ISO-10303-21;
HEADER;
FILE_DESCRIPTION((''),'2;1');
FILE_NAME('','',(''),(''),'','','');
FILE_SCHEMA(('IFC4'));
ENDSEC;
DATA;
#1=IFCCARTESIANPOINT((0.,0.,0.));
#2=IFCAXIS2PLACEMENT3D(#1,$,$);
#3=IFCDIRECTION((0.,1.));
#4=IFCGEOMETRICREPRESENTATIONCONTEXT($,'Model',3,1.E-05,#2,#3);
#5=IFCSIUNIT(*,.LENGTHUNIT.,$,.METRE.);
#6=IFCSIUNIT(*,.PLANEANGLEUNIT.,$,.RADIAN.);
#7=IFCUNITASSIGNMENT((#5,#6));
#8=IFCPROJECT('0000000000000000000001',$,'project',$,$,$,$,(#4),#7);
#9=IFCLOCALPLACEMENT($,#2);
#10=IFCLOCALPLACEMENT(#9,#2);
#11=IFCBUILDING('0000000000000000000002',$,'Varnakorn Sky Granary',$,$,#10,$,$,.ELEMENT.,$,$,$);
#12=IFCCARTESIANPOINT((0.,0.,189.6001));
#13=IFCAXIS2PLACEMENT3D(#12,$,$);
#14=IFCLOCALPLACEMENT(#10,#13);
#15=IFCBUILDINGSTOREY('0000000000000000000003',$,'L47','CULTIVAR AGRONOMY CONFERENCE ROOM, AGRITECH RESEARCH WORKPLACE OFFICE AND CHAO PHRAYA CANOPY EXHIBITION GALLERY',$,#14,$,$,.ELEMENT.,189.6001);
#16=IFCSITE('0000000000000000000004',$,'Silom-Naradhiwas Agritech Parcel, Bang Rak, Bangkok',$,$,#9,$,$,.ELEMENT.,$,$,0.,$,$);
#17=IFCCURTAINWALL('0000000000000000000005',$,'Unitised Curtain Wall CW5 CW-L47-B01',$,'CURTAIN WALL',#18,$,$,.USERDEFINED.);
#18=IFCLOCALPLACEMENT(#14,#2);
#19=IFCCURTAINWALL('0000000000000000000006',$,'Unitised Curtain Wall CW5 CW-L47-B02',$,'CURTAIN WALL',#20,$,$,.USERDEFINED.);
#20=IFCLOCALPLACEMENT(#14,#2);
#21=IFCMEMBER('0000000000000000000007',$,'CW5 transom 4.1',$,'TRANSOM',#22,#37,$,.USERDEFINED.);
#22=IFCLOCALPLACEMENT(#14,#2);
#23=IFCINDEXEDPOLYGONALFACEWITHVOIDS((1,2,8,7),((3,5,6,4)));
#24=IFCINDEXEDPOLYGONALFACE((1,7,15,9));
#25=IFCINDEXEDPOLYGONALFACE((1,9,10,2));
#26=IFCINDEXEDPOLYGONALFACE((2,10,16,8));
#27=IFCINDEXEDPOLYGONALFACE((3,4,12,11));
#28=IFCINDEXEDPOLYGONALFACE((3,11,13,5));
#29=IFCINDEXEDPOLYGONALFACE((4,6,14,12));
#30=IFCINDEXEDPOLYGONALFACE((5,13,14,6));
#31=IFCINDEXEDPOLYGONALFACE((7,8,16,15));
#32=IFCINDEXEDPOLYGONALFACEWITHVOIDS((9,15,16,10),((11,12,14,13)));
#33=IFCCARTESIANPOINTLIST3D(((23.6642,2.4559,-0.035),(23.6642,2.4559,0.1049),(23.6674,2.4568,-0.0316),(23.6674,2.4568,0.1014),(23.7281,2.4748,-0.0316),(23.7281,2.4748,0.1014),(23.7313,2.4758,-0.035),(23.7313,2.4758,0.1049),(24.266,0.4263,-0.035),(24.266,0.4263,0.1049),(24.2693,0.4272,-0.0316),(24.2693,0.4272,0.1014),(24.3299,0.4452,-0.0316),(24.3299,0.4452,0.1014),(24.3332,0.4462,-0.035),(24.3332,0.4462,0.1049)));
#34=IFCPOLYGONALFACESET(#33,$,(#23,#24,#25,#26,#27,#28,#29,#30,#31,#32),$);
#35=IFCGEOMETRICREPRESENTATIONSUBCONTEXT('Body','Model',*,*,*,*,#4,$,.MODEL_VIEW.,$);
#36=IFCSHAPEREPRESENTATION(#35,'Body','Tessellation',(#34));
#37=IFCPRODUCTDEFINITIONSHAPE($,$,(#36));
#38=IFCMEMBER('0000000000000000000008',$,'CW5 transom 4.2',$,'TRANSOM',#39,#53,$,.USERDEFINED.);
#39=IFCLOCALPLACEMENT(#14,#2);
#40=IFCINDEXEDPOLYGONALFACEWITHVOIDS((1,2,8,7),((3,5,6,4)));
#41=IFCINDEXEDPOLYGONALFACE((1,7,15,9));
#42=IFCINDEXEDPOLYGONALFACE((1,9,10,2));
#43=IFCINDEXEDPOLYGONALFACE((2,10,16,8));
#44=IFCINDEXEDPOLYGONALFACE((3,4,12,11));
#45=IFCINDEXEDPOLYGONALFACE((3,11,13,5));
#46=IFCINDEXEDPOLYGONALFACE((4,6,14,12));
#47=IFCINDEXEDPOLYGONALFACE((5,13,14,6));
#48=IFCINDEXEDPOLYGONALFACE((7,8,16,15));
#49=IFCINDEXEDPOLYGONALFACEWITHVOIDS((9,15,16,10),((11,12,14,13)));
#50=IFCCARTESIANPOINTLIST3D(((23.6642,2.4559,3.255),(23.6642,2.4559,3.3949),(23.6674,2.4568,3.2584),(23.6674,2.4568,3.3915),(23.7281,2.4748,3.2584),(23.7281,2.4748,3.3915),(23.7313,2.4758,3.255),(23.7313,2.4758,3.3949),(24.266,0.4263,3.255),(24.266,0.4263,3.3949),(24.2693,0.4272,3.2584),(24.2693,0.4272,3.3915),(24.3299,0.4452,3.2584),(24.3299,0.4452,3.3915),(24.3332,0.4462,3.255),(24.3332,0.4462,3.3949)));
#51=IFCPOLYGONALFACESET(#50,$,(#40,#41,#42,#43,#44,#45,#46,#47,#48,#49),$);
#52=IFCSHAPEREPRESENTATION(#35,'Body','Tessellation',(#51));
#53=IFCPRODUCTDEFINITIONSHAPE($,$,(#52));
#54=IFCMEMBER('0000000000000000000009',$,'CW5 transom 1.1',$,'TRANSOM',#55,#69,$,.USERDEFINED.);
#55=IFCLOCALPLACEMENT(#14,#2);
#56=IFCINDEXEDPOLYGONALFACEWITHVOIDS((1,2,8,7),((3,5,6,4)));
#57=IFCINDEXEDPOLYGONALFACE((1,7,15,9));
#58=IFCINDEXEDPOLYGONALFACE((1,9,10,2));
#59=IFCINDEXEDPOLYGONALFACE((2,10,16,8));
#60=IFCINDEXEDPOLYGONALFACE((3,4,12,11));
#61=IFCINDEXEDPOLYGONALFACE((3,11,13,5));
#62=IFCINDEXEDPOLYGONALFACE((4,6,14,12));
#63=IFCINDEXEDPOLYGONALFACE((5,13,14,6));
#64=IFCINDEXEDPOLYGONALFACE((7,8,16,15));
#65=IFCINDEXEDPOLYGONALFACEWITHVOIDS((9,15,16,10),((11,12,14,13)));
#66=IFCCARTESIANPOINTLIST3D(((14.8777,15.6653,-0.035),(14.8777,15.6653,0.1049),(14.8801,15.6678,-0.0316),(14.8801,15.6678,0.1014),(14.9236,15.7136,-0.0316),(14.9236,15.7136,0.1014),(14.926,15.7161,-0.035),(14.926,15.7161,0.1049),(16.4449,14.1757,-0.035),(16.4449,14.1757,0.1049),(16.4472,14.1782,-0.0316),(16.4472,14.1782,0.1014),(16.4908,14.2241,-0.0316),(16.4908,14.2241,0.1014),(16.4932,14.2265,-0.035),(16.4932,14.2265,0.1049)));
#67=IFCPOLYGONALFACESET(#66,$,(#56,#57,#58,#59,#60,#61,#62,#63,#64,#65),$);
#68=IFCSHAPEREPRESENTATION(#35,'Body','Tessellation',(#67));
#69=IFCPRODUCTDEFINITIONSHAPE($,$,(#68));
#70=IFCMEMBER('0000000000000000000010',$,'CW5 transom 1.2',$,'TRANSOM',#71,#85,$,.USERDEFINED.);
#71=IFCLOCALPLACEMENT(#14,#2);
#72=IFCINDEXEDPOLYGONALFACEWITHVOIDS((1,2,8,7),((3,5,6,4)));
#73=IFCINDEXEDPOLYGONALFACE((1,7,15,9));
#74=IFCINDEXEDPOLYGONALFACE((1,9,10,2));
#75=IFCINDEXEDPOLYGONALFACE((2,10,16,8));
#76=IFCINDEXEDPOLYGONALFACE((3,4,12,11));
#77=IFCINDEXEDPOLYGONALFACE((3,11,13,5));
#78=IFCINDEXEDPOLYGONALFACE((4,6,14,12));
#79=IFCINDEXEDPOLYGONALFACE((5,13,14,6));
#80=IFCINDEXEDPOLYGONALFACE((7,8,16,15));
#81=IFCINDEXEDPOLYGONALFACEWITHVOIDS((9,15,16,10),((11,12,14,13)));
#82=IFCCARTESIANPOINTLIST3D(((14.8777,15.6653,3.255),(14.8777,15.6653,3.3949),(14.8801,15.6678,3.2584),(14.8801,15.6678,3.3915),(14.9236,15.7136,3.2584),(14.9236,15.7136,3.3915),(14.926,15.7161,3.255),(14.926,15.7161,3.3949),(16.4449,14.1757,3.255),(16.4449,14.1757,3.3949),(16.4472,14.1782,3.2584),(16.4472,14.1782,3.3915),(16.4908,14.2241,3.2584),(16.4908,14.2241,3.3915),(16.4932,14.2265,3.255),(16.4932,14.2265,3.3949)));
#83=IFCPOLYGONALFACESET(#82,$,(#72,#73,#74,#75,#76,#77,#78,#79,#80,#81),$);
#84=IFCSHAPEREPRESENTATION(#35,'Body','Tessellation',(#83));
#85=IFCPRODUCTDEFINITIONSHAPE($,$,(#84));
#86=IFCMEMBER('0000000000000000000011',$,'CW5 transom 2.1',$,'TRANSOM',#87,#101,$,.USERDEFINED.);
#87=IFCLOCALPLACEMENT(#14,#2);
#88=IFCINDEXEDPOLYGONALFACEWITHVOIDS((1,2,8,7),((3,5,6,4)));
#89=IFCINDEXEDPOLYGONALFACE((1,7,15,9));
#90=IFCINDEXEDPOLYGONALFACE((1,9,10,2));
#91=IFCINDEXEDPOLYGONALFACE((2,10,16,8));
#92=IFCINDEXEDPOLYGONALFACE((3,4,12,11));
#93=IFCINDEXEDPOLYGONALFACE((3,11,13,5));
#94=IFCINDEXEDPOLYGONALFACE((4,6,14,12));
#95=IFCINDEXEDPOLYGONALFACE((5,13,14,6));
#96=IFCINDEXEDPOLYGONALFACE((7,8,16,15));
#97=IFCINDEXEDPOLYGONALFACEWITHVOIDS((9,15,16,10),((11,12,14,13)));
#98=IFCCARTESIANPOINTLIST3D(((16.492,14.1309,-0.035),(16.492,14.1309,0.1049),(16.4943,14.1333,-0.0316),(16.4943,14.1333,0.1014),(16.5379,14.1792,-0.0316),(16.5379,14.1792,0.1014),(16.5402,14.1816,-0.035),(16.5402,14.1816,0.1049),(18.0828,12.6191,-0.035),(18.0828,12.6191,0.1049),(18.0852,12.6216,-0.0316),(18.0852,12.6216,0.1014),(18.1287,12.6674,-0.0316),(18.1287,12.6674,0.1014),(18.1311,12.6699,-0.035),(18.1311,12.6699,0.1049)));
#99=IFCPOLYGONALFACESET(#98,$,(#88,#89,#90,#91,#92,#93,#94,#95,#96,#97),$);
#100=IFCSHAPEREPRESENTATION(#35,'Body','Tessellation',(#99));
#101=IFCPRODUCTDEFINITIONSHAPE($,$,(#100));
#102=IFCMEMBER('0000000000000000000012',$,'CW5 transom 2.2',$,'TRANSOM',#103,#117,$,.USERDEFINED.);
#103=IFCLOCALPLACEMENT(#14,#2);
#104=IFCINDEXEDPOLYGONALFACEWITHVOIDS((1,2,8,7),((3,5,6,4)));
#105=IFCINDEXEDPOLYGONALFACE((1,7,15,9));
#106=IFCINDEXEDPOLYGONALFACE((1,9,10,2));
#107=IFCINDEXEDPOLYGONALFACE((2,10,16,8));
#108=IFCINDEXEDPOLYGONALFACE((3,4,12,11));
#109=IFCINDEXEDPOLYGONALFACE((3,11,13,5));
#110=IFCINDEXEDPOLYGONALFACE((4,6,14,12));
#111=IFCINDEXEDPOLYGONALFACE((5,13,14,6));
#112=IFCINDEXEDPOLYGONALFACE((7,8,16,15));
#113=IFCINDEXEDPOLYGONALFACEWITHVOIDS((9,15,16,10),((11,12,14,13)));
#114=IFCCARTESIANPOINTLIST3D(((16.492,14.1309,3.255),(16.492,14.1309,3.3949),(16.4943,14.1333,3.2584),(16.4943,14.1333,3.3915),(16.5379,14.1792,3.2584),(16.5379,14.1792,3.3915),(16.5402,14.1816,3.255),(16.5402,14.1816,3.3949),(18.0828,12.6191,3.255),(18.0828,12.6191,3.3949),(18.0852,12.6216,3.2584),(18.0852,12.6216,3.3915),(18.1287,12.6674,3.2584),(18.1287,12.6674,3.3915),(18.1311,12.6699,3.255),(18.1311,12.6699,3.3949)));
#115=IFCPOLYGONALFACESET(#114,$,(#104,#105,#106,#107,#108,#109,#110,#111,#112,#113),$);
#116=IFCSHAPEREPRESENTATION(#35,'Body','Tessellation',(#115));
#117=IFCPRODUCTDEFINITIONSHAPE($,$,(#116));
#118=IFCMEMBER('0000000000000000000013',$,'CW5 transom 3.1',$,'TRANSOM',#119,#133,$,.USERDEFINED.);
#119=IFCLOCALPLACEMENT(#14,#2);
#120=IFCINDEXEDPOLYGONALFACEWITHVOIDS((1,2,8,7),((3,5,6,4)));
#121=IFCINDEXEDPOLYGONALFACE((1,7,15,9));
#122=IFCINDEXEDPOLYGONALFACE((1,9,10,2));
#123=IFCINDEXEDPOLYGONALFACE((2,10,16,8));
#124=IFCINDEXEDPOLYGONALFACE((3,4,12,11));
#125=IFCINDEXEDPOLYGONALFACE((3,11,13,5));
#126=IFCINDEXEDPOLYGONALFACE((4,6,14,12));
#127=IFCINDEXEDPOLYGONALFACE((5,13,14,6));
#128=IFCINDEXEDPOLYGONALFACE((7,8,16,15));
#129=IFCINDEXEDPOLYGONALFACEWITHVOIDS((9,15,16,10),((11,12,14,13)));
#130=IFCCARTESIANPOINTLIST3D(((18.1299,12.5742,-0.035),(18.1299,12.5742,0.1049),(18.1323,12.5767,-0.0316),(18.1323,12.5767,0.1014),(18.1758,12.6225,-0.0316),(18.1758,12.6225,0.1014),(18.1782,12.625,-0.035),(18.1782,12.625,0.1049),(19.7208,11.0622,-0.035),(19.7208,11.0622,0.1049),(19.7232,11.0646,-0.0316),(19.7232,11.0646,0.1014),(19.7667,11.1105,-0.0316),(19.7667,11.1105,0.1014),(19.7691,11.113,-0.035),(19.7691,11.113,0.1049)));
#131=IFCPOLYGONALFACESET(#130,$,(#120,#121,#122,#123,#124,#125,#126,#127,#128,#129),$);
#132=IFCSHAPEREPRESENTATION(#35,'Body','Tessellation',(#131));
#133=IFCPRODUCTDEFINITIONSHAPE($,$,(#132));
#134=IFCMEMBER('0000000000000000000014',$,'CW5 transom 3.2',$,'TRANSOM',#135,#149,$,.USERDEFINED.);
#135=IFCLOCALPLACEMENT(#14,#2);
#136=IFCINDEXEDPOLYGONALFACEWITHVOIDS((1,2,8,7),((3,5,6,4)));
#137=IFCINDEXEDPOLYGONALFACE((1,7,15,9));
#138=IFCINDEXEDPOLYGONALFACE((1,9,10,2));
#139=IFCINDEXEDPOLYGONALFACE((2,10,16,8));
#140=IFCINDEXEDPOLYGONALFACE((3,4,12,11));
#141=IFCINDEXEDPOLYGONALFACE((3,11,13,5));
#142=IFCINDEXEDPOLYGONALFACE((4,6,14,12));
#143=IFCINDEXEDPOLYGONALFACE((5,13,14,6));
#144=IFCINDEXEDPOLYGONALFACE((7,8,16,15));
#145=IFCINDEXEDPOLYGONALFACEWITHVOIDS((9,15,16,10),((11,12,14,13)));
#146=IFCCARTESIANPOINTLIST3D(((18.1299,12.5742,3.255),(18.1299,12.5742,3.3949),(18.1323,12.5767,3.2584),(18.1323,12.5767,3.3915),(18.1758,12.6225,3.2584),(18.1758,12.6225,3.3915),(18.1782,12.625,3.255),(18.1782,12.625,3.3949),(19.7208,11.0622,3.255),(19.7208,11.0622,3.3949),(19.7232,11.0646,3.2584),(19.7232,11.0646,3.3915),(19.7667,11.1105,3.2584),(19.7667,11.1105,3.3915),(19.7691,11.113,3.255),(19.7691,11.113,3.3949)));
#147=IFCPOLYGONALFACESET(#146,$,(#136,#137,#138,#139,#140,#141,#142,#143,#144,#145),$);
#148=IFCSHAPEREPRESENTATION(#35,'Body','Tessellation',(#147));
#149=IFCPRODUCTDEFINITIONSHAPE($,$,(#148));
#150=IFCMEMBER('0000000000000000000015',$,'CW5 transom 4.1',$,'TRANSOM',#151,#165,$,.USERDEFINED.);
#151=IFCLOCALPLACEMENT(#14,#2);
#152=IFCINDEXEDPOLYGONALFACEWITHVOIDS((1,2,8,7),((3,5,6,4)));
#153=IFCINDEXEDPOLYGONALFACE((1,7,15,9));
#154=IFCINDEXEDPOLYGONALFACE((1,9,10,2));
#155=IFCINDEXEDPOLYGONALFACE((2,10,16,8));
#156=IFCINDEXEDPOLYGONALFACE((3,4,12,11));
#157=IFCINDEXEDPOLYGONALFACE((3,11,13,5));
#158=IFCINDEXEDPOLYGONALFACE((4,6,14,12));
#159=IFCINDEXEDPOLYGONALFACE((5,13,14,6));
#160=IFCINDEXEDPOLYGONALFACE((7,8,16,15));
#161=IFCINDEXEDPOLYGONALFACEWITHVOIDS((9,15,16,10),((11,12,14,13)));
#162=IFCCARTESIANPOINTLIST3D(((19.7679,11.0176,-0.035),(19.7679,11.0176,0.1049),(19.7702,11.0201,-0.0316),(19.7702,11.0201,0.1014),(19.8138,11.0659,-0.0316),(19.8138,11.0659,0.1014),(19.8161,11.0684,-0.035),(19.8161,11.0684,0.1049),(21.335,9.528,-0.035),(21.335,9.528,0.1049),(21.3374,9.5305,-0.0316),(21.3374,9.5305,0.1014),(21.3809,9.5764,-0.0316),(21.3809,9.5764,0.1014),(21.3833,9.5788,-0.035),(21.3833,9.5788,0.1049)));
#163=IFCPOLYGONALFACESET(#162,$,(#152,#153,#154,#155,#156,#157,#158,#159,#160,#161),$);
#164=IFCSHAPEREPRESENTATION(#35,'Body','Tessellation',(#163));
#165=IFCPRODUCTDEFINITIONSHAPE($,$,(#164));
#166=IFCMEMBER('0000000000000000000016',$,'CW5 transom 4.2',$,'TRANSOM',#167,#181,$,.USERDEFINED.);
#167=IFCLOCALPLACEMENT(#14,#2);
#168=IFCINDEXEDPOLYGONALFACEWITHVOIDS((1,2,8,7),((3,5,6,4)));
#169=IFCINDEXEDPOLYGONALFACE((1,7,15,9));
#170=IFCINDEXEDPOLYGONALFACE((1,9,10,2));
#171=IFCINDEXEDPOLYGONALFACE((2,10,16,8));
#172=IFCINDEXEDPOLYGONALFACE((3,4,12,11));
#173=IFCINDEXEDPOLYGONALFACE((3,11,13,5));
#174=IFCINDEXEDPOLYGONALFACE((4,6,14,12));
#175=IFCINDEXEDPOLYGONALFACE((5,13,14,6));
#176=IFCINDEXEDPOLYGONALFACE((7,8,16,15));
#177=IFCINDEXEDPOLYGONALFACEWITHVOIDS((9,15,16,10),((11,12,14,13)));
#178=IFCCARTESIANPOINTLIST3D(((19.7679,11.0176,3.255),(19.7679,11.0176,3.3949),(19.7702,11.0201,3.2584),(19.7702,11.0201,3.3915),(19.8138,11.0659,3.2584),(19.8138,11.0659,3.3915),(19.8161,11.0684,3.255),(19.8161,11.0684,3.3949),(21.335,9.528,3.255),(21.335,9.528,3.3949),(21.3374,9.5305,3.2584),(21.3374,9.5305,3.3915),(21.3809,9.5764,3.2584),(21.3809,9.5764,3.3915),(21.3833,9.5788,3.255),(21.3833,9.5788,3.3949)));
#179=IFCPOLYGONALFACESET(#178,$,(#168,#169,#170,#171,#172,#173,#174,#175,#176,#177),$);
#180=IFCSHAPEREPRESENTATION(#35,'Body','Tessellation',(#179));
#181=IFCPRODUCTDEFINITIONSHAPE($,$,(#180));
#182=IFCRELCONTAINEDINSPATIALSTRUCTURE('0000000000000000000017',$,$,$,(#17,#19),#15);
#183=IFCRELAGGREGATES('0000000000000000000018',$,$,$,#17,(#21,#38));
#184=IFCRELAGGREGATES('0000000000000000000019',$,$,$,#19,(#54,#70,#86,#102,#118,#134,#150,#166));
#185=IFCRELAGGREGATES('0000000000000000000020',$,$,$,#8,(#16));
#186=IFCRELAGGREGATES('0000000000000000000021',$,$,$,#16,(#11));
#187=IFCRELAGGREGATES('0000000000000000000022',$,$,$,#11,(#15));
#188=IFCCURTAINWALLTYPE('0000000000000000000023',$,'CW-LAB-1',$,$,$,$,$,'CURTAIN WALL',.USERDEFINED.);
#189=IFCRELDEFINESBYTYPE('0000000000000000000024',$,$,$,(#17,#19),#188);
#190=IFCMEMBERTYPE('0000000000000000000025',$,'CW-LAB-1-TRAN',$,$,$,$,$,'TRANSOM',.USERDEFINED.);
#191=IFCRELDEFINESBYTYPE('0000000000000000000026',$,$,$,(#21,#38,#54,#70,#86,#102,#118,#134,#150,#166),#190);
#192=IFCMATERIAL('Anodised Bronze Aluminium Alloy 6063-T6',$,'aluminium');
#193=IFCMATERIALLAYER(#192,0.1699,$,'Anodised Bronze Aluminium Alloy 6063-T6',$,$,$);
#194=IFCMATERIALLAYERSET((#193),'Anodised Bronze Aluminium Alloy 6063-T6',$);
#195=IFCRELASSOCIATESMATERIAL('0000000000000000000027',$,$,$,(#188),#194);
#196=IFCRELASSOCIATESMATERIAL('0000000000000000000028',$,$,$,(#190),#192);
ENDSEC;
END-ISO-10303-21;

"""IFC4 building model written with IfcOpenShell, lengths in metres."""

from ifc_helpers import new_model, si_unit, direction, frame, origin, origin_2d, place, context, subcontext, project, spatial, hollow_rectangle, extrude, material, layer, layer_set, material_profile, profile_set, type_object, element, aggregate, save


model = new_model("IFC4")

# Units and contexts
model_context = context("Model", 3, precision=1e-05, world=origin(), true_north=direction((0.0, 1.0)))
body_context = subcontext(model_context, "Body", "Model", "MODEL_VIEW")
ifc_project = project(units=[si_unit("LENGTHUNIT", "METRE"), si_unit("PLANEANGLEUNIT", "RADIAN")], contexts=[model_context])

# Site, building, storey
site_placement = place(None, origin())
site = spatial("IfcSite", under=ifc_project, at=site_placement, Name="Silom-Naradhiwas Agritech Parcel, Bang Rak, Bangkok", CompositionType="ELEMENT", RefElevation=0.0)
building_placement = place(site_placement, origin())
building = spatial("IfcBuilding", under=site, at=building_placement, Name="Varnakorn Sky Granary", CompositionType="ELEMENT")
storey_placement = place(building_placement, frame((0.0, 0.0, 189.6001)))
storey = spatial("IfcBuildingStorey", under=building, at=storey_placement, Name="L47", Description="CULTIVAR AGRONOMY CONFERENCE ROOM, AGRITECH RESEARCH WORKPLACE OFFICE AND CHAO PHRAYA CANOPY EXHIBITION GALLERY", CompositionType="ELEMENT", Elevation=189.6001)

# Curtain walls
ifc_material_1 = material(Name="Anodised Bronze Aluminium Alloy 6063-T6", Category="aluminium")
ifc_layer_1 = layer(ifc_material_1, 0.1699, Name="Anodised Bronze Aluminium Alloy 6063-T6")
ifc_layer_set_1 = layer_set([ifc_layer_1], Name="Anodised Bronze Aluminium Alloy 6063-T6")
curtain_wall_type = type_object("IfcCurtainWallType", Name="CW-LAB-1", ElementType="CURTAIN WALL", PredefinedType="USERDEFINED", material=ifc_layer_set_1)
curtain_wall_1_placement = place(storey_placement, origin())
curtain_wall_1 = element("IfcCurtainWall", 1, at=curtain_wall_1_placement, inside=storey, type_object=curtain_wall_type, Name="Unitised Curtain Wall CW5 CW-L47-B01", ObjectType="CURTAIN WALL", PredefinedType="USERDEFINED")
curtain_wall_2_placement = place(storey_placement, origin())
curtain_wall_2 = element("IfcCurtainWall", 2, at=curtain_wall_2_placement, inside=storey, type_object=curtain_wall_type, Name="Unitised Curtain Wall CW5 CW-L47-B02", ObjectType="CURTAIN WALL", PredefinedType="USERDEFINED")

# Members
ifc_material_profile_1 = material_profile(ifc_material_1, hollow_rectangle(XDim=0.0701, YDim=0.1399, WallThickness=0.0034, at=origin_2d()), Name="ALU TRAN 70x140")
ifc_profile_set_1 = profile_set([ifc_material_profile_1], Name="Anodised Bronze Aluminium Alloy 6063-T6")
member_type_1 = type_object("IfcMemberType", Name="CW-LAB-1-TRAN", ElementType="TRANSOM", PredefinedType="USERDEFINED", material=ifc_profile_set_1)
member_1_placement = place(storey_placement, frame((23.6978, 2.4658, 0.0349), z_axis=(0.284289, -0.958739, 0.0), x_axis=(0.958739, 0.284289, 0.0)))
member_1 = element("IfcMember", 3, at=member_1_placement, type_object=member_type_1, Name="CW5 transom 4.1", ObjectType="TRANSOM", PredefinedType="USERDEFINED", context=body_context, shape_type="SweptSolid", body=[
    extrude(hollow_rectangle(XDim=0.0701, YDim=0.1399, WallThickness=0.0034, at=origin_2d()), origin(), (0.0, 0.0, 1.0), 2.1169),
])
member_2_placement = place(storey_placement, frame((23.6978, 2.4658, 3.325), z_axis=(0.284289, -0.958739, 0.0), x_axis=(0.958739, 0.284289, 0.0)))
member_2 = element("IfcMember", 4, at=member_2_placement, type_object=member_type_1, Name="CW5 transom 4.2", ObjectType="TRANSOM", PredefinedType="USERDEFINED", context=body_context, shape_type="SweptSolid", body=[
    extrude(hollow_rectangle(XDim=0.0701, YDim=0.1399, WallThickness=0.0034, at=origin_2d()), origin(), (0.0, 0.0, 1.0), 2.1169),
])
member_3_placement = place(storey_placement, frame((14.9019, 15.6907, 0.0349), z_axis=(0.724833, -0.688925, 0.0), x_axis=(0.688925, 0.724833, 0.0)))
member_3 = element("IfcMember", 5, at=member_3_placement, type_object=member_type_1, Name="CW5 transom 1.1", ObjectType="TRANSOM", PredefinedType="USERDEFINED", context=body_context, shape_type="SweptSolid", body=[
    extrude(hollow_rectangle(XDim=0.0701, YDim=0.1399, WallThickness=0.0034, at=origin_2d()), origin(), (0.0, 0.0, 1.0), 2.1621),
])
member_4_placement = place(storey_placement, frame((14.9019, 15.6907, 3.325), z_axis=(0.724833, -0.688925, 0.0), x_axis=(0.688925, 0.724833, 0.0)))
member_4 = element("IfcMember", 6, at=member_4_placement, type_object=member_type_1, Name="CW5 transom 1.2", ObjectType="TRANSOM", PredefinedType="USERDEFINED", context=body_context, shape_type="SweptSolid", body=[
    extrude(hollow_rectangle(XDim=0.0701, YDim=0.1399, WallThickness=0.0034, at=origin_2d()), origin(), (0.0, 0.0, 1.0), 2.1621),
])
member_5_placement = place(storey_placement, frame((16.5161, 14.1562, 0.0349), z_axis=(0.724899, -0.688855, 0.0), x_axis=(0.688855, 0.724899, 0.0)))
member_5 = element("IfcMember", 7, at=member_5_placement, type_object=member_type_1, Name="CW5 transom 2.1", ObjectType="TRANSOM", PredefinedType="USERDEFINED", context=body_context, shape_type="SweptSolid", body=[
    extrude(hollow_rectangle(XDim=0.0701, YDim=0.1399, WallThickness=0.0034, at=origin_2d()), origin(), (0.0, 0.0, 1.0), 2.1946),
])
member_6_placement = place(storey_placement, frame((16.5161, 14.1562, 3.325), z_axis=(0.724899, -0.688855, 0.0), x_axis=(0.688855, 0.724899, 0.0)))
member_6 = element("IfcMember", 8, at=member_6_placement, type_object=member_type_1, Name="CW5 transom 2.2", ObjectType="TRANSOM", PredefinedType="USERDEFINED", context=body_context, shape_type="SweptSolid", body=[
    extrude(hollow_rectangle(XDim=0.0701, YDim=0.1399, WallThickness=0.0034, at=origin_2d()), origin(), (0.0, 0.0, 1.0), 2.1946),
])
member_7_placement = place(storey_placement, frame((18.1541, 12.5996, 0.0349), z_axis=(0.724844, -0.688913, 0.0), x_axis=(0.688913, 0.724844, 0.0)))
member_7 = element("IfcMember", 9, at=member_7_placement, type_object=member_type_1, Name="CW5 transom 3.1", ObjectType="TRANSOM", PredefinedType="USERDEFINED", context=body_context, shape_type="SweptSolid", body=[
    extrude(hollow_rectangle(XDim=0.0701, YDim=0.1399, WallThickness=0.0034, at=origin_2d()), origin(), (0.0, 0.0, 1.0), 2.1948),
])
member_8_placement = place(storey_placement, frame((18.1541, 12.5996, 3.325), z_axis=(0.724844, -0.688913, 0.0), x_axis=(0.688913, 0.724844, 0.0)))
member_8 = element("IfcMember", 10, at=member_8_placement, type_object=member_type_1, Name="CW5 transom 3.2", ObjectType="TRANSOM", PredefinedType="USERDEFINED", context=body_context, shape_type="SweptSolid", body=[
    extrude(hollow_rectangle(XDim=0.0701, YDim=0.1399, WallThickness=0.0034, at=origin_2d()), origin(), (0.0, 0.0, 1.0), 2.1948),
])
member_9_placement = place(storey_placement, frame((19.792, 11.043, 0.0349), z_axis=(0.724833, -0.688925, 0.0), x_axis=(0.688925, 0.724833, 0.0)))
member_9 = element("IfcMember", 11, at=member_9_placement, type_object=member_type_1, Name="CW5 transom 4.1", ObjectType="TRANSOM", PredefinedType="USERDEFINED", context=body_context, shape_type="SweptSolid", body=[
    extrude(hollow_rectangle(XDim=0.0701, YDim=0.1399, WallThickness=0.0034, at=origin_2d()), origin(), (0.0, 0.0, 1.0), 2.1621),
])
member_10_placement = place(storey_placement, frame((19.792, 11.043, 3.325), z_axis=(0.724833, -0.688925, 0.0), x_axis=(0.688925, 0.724833, 0.0)))
member_10 = element("IfcMember", 12, at=member_10_placement, type_object=member_type_1, Name="CW5 transom 4.2", ObjectType="TRANSOM", PredefinedType="USERDEFINED", context=body_context, shape_type="SweptSolid", body=[
    extrude(hollow_rectangle(XDim=0.0701, YDim=0.1399, WallThickness=0.0034, at=origin_2d()), origin(), (0.0, 0.0, 1.0), 2.1621),
])

aggregate(curtain_wall_1, [member_1, member_2])
aggregate(curtain_wall_2, [member_3, member_4, member_5, member_6, member_7, member_8, member_9, member_10])

save(model, "model.ifc")
